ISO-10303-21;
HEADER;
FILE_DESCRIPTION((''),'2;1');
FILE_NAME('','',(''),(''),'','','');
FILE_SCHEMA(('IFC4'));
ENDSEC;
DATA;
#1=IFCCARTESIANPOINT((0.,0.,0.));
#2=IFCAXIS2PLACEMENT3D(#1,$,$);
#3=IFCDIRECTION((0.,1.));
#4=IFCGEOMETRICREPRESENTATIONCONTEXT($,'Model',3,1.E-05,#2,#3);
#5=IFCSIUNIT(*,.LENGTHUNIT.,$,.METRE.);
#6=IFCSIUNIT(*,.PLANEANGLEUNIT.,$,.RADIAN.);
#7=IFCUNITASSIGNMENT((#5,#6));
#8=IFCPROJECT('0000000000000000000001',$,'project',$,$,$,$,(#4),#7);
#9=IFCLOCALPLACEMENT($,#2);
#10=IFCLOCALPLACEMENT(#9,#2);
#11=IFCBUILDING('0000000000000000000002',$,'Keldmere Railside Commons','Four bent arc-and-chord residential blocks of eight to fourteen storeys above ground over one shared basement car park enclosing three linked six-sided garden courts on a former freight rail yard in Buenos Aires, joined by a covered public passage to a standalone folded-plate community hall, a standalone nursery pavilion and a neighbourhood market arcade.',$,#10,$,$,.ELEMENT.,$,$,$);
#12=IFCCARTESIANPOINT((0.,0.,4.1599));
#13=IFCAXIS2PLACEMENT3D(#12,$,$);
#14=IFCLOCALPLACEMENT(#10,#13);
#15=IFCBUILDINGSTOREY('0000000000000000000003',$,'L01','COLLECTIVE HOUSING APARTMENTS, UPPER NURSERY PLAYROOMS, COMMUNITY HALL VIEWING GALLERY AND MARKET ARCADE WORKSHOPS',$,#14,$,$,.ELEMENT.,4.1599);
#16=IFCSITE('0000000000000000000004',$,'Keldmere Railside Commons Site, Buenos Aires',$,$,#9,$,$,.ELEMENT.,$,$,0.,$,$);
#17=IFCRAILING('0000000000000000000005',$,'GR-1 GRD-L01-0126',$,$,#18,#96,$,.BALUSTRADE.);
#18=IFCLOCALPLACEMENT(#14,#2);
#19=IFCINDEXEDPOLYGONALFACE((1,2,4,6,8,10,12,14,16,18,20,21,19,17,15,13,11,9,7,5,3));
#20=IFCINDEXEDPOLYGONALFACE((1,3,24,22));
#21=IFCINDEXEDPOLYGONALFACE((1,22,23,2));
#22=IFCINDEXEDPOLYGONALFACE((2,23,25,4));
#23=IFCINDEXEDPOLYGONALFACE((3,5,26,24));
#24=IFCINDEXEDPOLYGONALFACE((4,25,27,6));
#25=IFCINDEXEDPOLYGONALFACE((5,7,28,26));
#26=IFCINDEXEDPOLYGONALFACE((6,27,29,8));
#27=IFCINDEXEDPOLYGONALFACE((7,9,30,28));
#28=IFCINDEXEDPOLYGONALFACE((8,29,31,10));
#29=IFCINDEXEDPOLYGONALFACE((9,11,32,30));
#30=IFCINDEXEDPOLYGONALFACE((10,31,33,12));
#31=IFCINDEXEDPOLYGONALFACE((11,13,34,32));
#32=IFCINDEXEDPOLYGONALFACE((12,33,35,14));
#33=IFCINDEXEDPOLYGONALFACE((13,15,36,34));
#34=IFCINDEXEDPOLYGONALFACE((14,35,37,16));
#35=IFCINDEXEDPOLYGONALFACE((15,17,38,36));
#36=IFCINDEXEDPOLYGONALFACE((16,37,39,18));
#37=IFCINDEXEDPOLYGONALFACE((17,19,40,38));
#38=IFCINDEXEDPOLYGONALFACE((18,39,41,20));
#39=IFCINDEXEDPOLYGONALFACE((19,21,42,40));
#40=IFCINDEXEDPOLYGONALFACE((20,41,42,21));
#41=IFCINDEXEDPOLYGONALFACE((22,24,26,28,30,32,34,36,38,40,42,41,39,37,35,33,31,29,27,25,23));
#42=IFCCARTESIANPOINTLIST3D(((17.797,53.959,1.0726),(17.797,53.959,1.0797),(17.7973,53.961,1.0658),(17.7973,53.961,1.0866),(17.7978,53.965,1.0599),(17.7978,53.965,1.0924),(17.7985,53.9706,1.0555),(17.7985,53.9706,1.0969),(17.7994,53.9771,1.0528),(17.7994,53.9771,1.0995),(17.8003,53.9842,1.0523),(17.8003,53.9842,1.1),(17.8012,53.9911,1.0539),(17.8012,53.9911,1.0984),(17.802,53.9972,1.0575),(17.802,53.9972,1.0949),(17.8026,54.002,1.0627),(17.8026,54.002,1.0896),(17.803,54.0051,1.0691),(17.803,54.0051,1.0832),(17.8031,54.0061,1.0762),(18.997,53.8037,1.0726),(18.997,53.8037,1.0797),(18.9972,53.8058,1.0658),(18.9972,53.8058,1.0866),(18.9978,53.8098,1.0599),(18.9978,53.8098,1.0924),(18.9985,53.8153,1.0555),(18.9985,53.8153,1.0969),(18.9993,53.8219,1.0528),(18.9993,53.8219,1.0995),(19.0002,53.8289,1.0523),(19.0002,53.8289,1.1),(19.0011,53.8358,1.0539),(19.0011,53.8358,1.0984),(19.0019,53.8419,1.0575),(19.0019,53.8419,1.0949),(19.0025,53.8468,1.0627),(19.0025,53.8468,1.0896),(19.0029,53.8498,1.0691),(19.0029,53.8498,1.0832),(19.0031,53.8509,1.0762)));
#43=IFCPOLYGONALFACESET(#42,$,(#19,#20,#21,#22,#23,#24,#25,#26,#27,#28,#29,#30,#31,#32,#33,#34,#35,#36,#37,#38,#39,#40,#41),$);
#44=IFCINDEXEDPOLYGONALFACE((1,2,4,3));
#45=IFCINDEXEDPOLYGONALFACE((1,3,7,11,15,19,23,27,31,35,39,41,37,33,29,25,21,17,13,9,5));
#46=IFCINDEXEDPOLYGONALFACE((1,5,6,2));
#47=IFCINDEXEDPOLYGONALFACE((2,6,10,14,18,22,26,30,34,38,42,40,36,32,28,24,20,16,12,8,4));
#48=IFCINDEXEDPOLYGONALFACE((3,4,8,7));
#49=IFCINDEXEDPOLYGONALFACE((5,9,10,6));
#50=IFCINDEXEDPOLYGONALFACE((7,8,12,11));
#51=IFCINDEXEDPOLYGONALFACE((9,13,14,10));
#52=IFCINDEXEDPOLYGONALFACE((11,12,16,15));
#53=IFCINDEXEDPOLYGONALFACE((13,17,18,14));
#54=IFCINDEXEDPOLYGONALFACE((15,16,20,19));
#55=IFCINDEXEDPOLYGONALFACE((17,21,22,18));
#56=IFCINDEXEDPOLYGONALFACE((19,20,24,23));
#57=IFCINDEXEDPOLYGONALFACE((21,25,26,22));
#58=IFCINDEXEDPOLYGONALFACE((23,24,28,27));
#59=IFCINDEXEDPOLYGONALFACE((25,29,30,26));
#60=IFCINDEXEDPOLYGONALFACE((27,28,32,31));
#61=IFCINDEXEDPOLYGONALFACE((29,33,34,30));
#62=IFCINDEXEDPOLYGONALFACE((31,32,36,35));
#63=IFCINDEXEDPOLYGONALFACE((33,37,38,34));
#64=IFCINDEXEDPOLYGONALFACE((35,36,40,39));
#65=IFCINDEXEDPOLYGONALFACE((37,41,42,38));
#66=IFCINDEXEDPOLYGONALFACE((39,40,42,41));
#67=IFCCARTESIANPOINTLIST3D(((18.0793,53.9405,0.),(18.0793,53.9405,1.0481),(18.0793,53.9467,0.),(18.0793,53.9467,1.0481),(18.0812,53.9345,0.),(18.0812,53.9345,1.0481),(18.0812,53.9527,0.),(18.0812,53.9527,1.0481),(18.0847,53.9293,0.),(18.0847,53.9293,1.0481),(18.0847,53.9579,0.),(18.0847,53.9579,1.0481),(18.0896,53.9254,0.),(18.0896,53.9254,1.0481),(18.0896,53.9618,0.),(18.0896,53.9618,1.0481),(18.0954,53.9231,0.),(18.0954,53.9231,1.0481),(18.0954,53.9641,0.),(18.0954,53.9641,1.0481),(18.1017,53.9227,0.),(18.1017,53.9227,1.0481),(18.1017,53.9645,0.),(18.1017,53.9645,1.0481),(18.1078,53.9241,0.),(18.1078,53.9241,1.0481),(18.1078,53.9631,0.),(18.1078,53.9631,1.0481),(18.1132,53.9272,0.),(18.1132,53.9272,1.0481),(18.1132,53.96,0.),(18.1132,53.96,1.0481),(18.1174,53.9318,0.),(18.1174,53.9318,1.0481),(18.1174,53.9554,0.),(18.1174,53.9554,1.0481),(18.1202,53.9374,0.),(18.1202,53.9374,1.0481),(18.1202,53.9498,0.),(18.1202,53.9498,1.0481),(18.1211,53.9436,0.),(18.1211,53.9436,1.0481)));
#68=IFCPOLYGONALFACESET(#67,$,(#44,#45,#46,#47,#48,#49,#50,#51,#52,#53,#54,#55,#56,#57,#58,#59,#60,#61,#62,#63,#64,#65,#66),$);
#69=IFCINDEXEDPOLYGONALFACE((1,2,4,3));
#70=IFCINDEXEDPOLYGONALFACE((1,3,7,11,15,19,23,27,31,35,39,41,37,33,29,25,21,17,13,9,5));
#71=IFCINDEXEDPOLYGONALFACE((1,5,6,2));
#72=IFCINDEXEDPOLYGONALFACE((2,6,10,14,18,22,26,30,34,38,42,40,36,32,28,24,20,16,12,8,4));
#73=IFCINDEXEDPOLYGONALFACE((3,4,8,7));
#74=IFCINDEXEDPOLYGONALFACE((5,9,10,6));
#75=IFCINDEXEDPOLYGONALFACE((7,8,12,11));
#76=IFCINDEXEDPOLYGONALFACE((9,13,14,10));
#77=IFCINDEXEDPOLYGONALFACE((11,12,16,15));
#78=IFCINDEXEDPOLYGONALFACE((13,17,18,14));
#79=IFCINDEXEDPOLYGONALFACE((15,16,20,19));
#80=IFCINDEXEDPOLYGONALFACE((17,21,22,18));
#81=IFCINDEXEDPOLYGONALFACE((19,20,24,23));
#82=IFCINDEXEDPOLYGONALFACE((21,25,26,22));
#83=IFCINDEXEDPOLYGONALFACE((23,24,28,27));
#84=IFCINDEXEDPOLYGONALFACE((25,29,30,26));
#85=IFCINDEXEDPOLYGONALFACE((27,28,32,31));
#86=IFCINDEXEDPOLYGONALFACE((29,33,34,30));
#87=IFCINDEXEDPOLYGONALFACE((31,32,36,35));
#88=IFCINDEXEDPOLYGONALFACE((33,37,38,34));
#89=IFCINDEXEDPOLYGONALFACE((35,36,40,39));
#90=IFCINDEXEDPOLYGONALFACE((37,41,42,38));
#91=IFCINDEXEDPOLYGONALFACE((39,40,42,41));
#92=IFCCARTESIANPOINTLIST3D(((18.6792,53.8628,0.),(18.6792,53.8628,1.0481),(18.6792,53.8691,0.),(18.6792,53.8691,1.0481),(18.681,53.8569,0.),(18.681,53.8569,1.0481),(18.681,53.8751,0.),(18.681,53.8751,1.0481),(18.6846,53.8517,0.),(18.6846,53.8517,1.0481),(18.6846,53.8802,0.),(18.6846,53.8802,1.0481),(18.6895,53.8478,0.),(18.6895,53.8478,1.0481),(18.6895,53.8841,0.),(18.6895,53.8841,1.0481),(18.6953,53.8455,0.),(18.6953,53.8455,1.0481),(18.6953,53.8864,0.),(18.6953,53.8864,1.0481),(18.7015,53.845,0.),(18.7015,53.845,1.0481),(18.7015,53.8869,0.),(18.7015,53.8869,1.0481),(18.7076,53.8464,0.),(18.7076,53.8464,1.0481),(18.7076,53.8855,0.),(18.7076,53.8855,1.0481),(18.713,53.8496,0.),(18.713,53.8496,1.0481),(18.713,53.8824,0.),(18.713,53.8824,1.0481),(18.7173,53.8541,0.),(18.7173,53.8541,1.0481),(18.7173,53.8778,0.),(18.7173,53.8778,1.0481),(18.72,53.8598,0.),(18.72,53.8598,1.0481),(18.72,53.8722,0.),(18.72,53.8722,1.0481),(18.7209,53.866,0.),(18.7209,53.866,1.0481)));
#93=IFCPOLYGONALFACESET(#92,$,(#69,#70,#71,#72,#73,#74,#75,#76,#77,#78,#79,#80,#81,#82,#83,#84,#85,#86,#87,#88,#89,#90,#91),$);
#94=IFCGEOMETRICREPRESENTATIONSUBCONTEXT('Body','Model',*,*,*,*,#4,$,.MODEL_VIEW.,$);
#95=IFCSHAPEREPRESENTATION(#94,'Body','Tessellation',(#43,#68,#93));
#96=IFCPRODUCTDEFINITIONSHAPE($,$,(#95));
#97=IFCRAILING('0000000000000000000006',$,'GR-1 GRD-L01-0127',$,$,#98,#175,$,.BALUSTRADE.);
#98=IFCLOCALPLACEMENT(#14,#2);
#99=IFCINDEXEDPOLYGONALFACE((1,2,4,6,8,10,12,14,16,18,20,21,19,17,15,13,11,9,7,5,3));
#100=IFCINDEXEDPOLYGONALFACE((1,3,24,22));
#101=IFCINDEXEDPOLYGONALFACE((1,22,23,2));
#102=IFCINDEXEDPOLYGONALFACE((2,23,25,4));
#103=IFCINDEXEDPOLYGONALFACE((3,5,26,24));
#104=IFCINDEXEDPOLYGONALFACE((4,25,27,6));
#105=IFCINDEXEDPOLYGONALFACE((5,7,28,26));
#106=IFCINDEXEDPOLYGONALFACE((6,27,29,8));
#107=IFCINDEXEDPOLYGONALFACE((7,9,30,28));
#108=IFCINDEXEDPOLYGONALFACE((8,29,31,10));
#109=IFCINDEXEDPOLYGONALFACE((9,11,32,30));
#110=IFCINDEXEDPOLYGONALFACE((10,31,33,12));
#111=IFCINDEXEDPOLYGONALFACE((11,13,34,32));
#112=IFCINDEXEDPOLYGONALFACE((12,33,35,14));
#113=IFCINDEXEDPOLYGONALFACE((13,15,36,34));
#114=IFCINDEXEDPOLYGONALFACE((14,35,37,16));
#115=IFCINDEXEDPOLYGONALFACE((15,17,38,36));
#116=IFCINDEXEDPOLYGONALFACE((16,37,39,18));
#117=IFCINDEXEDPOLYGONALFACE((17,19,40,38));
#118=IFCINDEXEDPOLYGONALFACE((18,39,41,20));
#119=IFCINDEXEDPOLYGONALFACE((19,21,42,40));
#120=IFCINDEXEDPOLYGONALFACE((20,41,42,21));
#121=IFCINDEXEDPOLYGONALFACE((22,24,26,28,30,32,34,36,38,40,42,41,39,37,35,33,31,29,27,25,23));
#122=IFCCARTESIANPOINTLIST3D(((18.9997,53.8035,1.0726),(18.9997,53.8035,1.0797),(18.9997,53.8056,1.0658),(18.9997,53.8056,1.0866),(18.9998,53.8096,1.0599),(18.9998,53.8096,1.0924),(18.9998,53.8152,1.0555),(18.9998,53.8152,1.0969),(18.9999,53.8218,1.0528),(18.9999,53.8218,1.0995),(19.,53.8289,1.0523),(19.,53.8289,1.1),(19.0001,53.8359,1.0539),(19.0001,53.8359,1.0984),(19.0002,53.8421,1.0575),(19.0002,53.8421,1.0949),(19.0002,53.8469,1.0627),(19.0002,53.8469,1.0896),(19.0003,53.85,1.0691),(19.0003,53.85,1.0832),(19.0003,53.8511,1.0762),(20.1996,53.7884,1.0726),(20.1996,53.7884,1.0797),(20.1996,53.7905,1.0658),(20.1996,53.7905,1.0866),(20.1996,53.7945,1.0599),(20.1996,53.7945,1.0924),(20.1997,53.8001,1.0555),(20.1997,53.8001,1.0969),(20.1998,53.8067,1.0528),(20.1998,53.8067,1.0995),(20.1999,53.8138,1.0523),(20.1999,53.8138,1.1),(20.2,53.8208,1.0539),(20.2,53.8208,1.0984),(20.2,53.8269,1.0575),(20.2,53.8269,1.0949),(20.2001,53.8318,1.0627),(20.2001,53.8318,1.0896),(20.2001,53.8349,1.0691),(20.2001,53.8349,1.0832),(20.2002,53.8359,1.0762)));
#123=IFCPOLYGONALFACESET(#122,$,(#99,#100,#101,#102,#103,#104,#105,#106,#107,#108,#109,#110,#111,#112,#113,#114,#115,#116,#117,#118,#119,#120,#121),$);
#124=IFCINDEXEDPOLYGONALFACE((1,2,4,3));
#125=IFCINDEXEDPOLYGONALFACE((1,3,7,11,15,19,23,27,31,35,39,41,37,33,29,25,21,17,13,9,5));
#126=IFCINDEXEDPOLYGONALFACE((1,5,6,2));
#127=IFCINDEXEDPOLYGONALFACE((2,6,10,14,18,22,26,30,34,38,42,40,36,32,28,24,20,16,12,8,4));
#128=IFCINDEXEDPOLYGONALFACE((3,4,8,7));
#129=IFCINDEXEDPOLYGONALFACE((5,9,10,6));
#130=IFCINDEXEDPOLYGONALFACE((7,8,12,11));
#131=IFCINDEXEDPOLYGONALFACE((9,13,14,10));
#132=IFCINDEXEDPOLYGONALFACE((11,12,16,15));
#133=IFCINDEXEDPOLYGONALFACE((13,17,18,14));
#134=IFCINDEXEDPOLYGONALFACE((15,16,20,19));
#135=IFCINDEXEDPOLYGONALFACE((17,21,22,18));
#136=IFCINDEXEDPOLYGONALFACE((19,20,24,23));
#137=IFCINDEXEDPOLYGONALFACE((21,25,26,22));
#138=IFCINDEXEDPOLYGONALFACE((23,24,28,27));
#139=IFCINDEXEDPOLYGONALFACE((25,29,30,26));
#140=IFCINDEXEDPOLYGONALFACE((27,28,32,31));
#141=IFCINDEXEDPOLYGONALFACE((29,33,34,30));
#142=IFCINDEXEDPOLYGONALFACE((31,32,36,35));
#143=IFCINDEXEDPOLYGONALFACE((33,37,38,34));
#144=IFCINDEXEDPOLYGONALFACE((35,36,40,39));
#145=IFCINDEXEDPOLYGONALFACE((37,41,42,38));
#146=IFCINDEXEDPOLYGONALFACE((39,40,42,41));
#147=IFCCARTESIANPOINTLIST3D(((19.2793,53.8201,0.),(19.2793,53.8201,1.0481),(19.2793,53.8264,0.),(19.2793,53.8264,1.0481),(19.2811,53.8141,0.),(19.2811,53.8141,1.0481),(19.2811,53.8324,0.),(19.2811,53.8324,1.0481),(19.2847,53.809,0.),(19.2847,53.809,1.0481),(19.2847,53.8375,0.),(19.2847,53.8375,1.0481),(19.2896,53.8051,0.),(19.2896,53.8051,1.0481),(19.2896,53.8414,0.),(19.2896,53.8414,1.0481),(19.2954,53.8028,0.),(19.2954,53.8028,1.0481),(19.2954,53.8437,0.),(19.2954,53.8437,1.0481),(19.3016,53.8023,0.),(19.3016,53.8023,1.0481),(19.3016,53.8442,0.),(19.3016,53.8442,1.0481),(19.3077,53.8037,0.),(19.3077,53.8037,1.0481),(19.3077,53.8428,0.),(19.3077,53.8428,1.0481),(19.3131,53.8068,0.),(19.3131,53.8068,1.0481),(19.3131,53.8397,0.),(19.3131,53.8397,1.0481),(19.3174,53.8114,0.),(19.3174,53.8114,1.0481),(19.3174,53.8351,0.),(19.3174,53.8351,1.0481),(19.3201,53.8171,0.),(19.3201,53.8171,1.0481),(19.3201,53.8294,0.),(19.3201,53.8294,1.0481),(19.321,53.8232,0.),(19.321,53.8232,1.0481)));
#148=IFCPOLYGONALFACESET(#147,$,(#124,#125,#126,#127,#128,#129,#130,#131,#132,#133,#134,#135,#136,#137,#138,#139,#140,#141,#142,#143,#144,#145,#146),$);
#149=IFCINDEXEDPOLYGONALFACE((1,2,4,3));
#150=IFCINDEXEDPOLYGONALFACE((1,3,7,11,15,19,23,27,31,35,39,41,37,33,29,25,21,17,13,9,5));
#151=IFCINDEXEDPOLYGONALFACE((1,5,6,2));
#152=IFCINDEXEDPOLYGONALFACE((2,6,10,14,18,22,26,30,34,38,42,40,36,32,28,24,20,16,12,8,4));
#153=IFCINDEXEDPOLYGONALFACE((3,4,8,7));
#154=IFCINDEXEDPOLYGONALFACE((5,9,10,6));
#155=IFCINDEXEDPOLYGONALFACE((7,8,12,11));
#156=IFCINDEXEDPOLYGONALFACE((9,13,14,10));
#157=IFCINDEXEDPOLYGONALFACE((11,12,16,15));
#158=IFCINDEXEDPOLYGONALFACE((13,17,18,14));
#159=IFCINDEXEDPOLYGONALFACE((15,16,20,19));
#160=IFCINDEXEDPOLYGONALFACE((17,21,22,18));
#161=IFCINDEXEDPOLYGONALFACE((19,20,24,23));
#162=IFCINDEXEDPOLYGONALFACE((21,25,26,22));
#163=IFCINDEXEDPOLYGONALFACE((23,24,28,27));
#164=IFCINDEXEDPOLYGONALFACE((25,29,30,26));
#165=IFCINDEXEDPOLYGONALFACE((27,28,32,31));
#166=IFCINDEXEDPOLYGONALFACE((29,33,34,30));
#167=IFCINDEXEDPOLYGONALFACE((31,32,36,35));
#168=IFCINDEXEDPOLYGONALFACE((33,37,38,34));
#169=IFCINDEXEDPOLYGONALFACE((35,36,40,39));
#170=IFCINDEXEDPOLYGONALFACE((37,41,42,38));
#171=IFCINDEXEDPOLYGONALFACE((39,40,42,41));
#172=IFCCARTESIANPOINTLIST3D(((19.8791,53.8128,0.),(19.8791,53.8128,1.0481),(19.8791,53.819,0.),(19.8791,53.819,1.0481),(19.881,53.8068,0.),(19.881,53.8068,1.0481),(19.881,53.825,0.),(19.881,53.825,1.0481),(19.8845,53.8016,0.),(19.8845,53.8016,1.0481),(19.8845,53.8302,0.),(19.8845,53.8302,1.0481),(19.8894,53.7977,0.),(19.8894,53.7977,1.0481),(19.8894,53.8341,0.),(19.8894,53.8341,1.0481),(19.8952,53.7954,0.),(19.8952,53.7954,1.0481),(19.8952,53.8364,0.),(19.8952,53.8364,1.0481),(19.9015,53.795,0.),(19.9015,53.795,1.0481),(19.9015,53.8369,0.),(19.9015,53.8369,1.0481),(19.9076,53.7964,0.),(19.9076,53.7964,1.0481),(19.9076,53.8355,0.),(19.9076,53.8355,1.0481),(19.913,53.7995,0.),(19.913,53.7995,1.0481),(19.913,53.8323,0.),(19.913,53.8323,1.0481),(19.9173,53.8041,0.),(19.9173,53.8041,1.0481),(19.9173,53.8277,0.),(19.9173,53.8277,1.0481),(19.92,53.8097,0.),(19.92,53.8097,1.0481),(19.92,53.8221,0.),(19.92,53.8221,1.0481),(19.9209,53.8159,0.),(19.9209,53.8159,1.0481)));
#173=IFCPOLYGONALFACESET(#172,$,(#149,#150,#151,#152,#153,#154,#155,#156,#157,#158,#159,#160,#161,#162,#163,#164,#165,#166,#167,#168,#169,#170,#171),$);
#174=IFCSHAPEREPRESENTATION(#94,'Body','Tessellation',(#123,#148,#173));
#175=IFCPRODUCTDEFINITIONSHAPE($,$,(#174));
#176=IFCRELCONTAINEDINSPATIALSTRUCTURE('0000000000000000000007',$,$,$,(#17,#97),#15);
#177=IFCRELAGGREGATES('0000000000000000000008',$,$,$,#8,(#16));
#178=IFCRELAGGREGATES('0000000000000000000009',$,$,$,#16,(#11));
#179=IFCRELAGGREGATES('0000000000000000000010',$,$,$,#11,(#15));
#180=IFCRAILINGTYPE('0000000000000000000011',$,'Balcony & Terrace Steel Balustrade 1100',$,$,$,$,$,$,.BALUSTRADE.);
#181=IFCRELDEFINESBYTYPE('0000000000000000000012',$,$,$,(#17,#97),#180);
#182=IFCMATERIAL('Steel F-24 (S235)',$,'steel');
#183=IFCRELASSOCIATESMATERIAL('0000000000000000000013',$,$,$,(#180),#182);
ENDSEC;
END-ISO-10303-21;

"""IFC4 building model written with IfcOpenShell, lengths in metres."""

from ifc_helpers import new_model, si_unit, direction, frame, origin, origin_2d, place, context, subcontext, project, spatial, circle, extrude, material, type_object, element, save


model = new_model("IFC4")

# Units and contexts
model_context = context("Model", 3, precision=1e-05, world=origin(), true_north=direction((0.0, 1.0)))
body_context = subcontext(model_context, "Body", "Model", "MODEL_VIEW")
ifc_project = project(units=[si_unit("LENGTHUNIT", "METRE"), si_unit("PLANEANGLEUNIT", "RADIAN")], contexts=[model_context])

# Site, building, storey
site_placement = place(None, origin())
site = spatial("IfcSite", under=ifc_project, at=site_placement, Name="Keldmere Railside Commons Site, Buenos Aires", CompositionType="ELEMENT", RefElevation=0.0)
building_placement = place(site_placement, origin())
building = spatial("IfcBuilding", under=site, at=building_placement, Name="Keldmere Railside Commons", Description="Four bent arc-and-chord residential blocks of eight to fourteen storeys above ground over one shared basement car park enclosing three linked six-sided garden courts on a former freight rail yard in Buenos Aires, joined by a covered public passage to a standalone folded-plate community hall, a standalone nursery pavilion and a neighbourhood market arcade.", CompositionType="ELEMENT")
storey_placement = place(building_placement, frame((0.0, 0.0, 4.1599)))
storey = spatial("IfcBuildingStorey", under=building, at=storey_placement, Name="L01", Description="COLLECTIVE HOUSING APARTMENTS, UPPER NURSERY PLAYROOMS, COMMUNITY HALL VIEWING GALLERY AND MARKET ARCADE WORKSHOPS", CompositionType="ELEMENT", Elevation=4.1599)

# Shared definitions
ifc_material_1 = material(Name="Steel F-24 (S235)", Category="steel")

# Railings
railing_type = type_object("IfcRailingType", Name="Balcony & Terrace Steel Balustrade 1100", PredefinedType="BALUSTRADE", material=ifc_material_1)
railing_1_placement = place(storey_placement, frame((17.8, 53.9824, 0.0)))
element("IfcRailing", 1, at=railing_1_placement, inside=storey, type_object=railing_type, Name="GR-1 GRD-L01-0126", PredefinedType="BALUSTRADE", context=body_context, shape_type="SweptSolid", body=[
    extrude(circle(Radius=0.0239, at=origin_2d()), frame((0.0, 0.0, 1.0762), z_axis=(0.991732, -0.12833, 0.0), x_axis=(0.12833, 0.991732, 0.0)), (0.0, 0.0, 1.0), 1.21),
    extrude(circle(Radius=0.021, at=origin_2d()), frame((0.3, -0.0388, 0.0)), (0.0, 0.0, 1.0), 1.0481),
    extrude(circle(Radius=0.021, at=origin_2d()), frame((0.8999, -0.1165, 0.0)), (0.0, 0.0, 1.0), 1.0481),
])
railing_2_placement = place(storey_placement, frame((19.0, 53.8271, 0.0)))
element("IfcRailing", 2, at=railing_2_placement, inside=storey, type_object=railing_type, Name="GR-1 GRD-L01-0127", PredefinedType="BALUSTRADE", context=body_context, shape_type="SweptSolid", body=[
    extrude(circle(Radius=0.0239, at=origin_2d()), frame((0.0, 0.0, 1.0762), z_axis=(0.99992, -0.012613, 0.0), x_axis=(0.012613, 0.99992, 0.0)), (0.0, 0.0, 1.0), 1.2),
    extrude(circle(Radius=0.021, at=origin_2d()), frame((0.3, -0.0039, 0.0)), (0.0, 0.0, 1.0), 1.0481),
    extrude(circle(Radius=0.021, at=origin_2d()), frame((0.8999, -0.0112, 0.0)), (0.0, 0.0, 1.0), 1.0481),
])

save(model, "model.ifc")
